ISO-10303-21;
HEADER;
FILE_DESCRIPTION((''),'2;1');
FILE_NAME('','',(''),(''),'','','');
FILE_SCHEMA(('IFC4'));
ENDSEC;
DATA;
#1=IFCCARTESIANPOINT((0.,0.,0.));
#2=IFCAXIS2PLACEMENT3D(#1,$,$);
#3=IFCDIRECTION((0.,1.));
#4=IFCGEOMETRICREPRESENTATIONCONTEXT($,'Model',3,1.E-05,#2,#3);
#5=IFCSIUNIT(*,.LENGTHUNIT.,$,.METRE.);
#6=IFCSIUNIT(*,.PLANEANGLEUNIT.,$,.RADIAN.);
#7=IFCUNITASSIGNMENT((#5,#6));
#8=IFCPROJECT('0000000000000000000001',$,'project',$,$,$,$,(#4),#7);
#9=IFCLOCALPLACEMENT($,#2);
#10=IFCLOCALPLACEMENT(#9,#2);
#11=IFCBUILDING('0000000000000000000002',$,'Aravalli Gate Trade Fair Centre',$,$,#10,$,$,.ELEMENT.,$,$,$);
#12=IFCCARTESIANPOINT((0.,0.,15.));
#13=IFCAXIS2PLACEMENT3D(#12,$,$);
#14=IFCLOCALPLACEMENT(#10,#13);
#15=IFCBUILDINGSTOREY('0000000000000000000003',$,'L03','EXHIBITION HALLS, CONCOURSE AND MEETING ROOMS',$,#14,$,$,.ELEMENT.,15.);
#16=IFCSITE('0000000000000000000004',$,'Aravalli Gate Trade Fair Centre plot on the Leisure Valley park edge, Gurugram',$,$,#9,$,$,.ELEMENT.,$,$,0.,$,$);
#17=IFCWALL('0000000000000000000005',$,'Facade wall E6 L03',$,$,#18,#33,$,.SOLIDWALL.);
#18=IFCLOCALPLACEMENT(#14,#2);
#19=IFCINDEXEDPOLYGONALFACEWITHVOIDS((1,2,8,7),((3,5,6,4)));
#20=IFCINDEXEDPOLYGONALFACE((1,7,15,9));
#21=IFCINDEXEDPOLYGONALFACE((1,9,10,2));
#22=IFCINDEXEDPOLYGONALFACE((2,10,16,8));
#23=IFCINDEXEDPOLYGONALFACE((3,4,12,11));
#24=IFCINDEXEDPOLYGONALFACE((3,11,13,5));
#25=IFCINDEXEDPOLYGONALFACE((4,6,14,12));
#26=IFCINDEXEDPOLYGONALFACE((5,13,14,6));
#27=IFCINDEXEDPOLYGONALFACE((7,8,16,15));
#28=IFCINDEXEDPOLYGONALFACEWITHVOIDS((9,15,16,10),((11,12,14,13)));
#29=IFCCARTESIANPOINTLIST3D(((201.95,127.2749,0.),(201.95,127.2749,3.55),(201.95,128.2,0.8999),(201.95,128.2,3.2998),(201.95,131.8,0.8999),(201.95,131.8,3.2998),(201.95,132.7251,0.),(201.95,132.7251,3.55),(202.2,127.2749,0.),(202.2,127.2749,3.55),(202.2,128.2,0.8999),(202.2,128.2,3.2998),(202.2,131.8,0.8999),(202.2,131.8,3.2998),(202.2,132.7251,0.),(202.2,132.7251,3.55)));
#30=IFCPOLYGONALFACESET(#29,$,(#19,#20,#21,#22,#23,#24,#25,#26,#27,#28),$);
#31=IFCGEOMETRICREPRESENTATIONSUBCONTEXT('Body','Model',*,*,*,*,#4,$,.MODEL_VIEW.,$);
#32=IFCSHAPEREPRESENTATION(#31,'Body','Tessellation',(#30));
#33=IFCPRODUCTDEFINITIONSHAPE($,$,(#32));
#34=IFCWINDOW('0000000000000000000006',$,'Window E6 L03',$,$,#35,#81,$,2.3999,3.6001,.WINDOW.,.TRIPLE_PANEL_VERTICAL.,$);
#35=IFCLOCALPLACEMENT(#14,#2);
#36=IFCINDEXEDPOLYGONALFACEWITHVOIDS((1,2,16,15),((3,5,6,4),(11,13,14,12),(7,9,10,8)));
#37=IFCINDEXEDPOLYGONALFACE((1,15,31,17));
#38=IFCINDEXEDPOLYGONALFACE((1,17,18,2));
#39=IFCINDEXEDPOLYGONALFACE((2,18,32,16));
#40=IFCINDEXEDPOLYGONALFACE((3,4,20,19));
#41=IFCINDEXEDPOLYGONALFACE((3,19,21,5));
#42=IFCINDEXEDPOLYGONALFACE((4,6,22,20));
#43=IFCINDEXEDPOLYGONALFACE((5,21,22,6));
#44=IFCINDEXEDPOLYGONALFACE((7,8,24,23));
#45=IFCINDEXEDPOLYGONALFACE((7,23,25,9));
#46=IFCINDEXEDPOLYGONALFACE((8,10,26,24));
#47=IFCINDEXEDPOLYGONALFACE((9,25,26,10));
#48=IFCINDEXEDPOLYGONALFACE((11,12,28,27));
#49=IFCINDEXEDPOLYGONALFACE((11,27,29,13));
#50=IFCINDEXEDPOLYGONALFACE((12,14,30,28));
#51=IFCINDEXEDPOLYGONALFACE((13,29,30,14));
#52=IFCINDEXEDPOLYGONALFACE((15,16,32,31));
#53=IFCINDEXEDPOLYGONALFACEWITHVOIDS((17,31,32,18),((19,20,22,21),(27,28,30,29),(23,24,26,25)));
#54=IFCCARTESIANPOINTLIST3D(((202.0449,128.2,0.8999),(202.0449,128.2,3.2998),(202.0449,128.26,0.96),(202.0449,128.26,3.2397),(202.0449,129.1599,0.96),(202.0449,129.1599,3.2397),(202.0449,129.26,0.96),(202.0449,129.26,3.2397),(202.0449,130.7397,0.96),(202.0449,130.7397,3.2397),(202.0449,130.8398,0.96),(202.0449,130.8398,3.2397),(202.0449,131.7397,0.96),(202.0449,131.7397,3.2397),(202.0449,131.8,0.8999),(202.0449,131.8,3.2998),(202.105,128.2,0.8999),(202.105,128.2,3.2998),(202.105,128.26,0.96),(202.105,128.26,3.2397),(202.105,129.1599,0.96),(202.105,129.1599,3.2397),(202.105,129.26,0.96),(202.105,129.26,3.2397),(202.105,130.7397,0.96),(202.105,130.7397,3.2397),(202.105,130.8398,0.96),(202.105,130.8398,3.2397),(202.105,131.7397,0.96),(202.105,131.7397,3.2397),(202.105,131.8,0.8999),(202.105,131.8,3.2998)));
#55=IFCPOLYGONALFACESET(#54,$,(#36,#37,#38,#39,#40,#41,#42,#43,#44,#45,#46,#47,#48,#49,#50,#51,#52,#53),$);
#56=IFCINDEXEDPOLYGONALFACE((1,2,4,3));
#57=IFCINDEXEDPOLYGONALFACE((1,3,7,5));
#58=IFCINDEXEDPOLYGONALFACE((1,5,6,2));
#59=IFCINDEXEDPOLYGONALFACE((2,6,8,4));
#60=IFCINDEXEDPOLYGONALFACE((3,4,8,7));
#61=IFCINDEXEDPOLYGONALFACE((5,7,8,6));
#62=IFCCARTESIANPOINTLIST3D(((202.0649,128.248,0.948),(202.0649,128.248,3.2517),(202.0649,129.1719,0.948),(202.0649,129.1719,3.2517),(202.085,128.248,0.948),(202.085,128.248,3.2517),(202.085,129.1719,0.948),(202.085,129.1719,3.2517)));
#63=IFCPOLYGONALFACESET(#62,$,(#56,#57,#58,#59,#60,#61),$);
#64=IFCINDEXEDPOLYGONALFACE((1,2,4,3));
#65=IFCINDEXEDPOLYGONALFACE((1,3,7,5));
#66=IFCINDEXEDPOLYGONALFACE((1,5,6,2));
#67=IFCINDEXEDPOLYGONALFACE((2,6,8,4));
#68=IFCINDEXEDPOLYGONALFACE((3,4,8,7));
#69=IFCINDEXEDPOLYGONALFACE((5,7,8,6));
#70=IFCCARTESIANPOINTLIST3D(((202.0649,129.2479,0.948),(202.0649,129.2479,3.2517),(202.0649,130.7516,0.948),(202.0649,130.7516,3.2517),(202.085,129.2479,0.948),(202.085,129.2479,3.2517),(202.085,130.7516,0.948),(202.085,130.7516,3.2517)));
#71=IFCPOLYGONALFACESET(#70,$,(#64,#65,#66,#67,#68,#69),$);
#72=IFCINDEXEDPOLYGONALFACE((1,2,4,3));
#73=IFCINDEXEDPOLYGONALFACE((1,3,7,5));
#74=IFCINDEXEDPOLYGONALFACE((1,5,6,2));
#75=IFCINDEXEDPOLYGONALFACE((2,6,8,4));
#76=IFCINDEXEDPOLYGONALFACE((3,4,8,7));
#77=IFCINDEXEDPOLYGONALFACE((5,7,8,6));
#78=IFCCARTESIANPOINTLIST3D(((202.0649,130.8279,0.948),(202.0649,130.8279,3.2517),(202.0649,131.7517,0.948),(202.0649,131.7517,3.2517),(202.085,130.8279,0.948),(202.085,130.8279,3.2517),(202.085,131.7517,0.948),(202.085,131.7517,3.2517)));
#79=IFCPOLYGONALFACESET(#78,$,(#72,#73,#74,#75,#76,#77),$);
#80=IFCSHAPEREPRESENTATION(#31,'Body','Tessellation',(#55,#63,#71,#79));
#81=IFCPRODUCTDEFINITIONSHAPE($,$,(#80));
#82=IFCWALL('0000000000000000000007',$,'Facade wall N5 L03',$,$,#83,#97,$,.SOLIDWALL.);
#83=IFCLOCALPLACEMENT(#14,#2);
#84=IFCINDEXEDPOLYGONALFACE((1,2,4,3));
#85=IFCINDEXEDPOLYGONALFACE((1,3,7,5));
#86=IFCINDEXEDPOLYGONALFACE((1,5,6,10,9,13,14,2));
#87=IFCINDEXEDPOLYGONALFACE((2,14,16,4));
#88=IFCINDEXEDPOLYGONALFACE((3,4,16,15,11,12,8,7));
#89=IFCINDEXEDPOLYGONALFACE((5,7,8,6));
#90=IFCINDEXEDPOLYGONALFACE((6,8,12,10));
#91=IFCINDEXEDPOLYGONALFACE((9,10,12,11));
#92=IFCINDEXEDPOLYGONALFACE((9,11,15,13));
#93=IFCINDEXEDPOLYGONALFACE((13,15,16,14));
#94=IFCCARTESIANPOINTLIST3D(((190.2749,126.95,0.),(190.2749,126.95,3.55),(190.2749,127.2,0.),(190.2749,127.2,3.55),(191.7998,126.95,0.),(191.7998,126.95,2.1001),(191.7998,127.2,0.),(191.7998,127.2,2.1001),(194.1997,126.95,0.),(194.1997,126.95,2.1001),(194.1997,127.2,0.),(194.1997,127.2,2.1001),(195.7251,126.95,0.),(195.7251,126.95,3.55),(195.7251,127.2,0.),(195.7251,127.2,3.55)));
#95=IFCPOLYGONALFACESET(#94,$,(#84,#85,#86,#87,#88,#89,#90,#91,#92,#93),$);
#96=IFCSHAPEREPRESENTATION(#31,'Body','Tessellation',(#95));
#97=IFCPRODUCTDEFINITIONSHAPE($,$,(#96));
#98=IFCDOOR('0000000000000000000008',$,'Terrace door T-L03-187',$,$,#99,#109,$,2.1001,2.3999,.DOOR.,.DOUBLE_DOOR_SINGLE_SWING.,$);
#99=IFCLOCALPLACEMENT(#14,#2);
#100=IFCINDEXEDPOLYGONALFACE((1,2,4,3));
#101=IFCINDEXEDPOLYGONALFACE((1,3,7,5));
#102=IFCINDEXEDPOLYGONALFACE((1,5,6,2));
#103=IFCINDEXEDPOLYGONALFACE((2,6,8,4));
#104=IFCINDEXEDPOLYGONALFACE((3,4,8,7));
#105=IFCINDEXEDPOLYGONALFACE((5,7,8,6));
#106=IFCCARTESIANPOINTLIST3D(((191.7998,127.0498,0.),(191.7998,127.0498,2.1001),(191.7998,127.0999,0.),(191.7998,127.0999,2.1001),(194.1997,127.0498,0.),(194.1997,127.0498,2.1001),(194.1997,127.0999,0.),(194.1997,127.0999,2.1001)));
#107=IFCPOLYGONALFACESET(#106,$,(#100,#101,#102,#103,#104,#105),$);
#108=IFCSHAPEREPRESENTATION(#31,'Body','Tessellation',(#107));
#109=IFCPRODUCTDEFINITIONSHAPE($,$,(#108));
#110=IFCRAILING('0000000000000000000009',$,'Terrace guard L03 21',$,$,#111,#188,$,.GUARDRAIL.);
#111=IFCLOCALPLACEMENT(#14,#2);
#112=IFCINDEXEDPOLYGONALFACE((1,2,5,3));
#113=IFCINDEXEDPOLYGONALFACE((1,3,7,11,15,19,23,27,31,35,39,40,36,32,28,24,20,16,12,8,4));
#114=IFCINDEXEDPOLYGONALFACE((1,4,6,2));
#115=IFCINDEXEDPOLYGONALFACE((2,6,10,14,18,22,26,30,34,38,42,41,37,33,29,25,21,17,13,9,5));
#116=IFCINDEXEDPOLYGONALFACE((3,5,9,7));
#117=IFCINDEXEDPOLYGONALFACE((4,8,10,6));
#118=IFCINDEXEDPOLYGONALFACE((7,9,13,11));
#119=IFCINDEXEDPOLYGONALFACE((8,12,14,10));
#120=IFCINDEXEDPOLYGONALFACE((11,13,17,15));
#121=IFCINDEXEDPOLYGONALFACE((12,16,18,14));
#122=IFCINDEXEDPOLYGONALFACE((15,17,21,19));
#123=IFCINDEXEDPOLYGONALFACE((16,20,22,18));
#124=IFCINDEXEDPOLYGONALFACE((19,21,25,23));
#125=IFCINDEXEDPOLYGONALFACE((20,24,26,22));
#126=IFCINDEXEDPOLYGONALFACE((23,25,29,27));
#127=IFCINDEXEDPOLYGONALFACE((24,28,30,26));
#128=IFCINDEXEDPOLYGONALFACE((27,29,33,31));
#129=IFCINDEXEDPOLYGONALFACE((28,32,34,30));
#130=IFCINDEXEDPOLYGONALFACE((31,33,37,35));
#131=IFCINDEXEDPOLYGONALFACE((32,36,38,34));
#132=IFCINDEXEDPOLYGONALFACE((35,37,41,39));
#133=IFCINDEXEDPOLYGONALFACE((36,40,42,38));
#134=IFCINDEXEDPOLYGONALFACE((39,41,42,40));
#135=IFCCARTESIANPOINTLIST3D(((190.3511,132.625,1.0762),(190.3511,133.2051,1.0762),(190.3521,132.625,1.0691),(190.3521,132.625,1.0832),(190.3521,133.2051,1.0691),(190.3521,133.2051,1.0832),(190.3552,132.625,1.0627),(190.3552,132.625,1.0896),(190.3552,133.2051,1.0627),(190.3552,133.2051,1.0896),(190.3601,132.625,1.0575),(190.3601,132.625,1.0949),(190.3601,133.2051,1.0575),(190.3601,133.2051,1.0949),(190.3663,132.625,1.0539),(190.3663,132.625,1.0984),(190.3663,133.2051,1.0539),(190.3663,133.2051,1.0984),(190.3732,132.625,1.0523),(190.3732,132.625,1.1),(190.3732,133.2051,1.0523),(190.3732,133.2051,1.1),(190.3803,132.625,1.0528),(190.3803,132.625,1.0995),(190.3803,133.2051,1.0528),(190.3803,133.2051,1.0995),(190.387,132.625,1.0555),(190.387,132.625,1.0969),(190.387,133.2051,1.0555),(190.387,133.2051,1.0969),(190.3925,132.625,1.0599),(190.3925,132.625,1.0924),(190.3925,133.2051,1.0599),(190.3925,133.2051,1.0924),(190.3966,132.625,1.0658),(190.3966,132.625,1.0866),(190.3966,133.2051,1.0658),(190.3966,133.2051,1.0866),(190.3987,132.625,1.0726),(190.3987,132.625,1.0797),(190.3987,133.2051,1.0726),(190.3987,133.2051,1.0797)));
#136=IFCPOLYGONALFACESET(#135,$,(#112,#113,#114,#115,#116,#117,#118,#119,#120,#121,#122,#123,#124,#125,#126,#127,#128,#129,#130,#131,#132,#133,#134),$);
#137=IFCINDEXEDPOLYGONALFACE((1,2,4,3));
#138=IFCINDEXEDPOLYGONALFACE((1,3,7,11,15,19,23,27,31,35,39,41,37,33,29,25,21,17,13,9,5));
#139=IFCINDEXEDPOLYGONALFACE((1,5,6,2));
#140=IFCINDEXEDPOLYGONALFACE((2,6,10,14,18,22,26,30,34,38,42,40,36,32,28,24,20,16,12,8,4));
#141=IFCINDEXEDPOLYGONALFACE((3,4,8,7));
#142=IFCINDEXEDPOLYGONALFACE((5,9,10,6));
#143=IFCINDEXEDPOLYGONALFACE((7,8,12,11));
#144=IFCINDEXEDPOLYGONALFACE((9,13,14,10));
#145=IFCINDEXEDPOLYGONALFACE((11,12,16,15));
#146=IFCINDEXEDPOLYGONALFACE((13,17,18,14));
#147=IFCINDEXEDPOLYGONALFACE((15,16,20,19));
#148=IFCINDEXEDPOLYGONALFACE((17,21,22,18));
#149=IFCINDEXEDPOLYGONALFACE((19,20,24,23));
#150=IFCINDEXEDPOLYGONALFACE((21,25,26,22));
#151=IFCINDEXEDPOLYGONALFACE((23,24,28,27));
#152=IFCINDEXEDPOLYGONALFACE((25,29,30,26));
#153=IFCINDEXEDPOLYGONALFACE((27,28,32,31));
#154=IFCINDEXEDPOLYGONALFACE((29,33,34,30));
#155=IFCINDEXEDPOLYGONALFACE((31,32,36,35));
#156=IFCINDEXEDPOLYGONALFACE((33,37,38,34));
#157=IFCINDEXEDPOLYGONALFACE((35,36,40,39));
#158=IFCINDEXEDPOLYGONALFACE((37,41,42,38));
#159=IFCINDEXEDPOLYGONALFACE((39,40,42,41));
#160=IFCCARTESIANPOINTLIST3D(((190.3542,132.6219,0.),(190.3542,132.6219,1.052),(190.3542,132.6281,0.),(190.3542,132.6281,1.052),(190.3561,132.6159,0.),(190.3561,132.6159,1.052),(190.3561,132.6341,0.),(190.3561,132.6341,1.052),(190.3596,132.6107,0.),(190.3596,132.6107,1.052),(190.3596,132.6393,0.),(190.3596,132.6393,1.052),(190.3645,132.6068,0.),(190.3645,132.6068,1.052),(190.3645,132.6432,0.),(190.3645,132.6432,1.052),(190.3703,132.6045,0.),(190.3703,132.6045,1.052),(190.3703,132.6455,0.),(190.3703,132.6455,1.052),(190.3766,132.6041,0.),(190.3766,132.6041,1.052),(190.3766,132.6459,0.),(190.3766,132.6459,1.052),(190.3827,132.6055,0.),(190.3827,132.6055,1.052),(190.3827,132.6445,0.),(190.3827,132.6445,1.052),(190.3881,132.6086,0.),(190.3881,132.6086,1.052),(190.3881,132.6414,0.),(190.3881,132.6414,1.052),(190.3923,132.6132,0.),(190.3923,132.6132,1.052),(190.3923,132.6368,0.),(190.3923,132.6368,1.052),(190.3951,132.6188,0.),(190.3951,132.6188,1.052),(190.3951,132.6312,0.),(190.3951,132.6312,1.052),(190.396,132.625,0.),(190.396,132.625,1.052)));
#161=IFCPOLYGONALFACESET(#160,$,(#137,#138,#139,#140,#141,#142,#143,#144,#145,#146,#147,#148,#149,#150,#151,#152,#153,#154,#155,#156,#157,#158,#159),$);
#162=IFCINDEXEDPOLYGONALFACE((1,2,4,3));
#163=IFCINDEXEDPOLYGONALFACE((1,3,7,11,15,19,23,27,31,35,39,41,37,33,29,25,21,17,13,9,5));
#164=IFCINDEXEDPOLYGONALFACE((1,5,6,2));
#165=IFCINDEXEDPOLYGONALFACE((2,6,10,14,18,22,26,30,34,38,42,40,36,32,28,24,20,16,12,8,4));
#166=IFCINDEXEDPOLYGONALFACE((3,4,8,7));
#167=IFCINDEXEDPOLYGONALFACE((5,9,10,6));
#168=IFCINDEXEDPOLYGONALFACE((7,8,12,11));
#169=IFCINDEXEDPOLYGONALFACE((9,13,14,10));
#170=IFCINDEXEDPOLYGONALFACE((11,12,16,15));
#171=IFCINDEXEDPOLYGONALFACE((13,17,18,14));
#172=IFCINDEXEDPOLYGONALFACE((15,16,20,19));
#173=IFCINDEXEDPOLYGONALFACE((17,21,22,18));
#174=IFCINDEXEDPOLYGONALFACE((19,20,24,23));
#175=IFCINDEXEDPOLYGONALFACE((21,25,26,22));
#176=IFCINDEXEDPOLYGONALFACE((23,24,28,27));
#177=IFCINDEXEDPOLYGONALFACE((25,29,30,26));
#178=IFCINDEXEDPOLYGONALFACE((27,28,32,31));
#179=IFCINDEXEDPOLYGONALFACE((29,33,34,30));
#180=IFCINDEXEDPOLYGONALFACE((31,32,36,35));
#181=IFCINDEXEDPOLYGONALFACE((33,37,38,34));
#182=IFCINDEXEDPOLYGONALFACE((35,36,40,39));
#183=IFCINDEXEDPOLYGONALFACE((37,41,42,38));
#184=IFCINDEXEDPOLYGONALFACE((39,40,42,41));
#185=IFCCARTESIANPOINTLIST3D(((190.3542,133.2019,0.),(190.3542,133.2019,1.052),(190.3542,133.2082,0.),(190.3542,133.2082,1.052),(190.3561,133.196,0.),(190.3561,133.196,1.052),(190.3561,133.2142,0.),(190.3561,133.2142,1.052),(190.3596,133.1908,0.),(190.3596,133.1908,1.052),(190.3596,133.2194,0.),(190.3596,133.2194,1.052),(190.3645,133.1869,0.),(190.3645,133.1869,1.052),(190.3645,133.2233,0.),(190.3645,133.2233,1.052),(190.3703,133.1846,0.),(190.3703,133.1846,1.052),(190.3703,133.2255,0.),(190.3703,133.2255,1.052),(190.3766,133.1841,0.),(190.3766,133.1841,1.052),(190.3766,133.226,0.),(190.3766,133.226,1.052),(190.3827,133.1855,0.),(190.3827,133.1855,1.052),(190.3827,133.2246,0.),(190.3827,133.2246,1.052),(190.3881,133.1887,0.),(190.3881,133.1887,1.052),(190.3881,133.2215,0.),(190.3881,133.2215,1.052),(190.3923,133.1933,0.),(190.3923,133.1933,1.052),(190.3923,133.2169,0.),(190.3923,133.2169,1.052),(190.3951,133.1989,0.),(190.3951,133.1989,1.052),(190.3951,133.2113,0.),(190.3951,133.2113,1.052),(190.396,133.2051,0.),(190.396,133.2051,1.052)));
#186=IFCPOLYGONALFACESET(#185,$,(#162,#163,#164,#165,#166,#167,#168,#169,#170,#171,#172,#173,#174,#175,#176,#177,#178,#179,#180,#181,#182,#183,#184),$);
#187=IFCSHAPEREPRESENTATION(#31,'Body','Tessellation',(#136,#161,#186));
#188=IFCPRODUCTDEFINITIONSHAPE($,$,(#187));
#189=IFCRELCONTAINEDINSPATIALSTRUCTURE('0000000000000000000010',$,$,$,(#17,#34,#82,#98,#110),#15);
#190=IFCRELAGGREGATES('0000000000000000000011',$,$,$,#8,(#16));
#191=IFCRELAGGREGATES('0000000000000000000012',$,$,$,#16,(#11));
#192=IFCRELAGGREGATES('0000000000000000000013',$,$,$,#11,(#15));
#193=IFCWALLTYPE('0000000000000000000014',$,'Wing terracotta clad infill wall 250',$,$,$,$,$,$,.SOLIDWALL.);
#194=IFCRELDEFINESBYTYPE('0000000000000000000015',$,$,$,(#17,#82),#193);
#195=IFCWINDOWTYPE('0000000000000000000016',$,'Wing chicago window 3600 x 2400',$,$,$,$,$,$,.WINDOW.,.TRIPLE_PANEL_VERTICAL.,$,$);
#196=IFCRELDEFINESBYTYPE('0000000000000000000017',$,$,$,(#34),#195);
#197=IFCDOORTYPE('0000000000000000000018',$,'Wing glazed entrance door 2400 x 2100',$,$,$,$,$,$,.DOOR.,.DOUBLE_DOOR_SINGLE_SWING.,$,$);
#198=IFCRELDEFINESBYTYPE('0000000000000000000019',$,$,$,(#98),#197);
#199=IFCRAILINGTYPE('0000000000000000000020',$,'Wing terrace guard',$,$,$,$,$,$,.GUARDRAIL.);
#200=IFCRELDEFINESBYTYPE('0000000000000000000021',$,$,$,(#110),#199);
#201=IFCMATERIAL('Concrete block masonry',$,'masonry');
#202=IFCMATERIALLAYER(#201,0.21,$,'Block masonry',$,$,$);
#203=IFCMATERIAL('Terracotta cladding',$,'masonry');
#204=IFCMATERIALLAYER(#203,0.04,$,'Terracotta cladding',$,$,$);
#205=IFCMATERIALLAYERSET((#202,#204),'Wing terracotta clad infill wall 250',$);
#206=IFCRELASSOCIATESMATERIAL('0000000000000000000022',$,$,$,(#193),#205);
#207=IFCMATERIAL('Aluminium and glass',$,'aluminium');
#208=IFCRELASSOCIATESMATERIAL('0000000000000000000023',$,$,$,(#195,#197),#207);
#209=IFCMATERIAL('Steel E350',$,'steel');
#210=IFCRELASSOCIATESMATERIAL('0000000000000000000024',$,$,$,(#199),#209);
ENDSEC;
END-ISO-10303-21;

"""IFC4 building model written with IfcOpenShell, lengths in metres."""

from ifc_helpers import new_model, si_unit, direction, frame, frame_2d, origin, origin_2d, place, context, subcontext, project, spatial, polyline, rectangle, circle, outline, extrude, material, layer, layer_set, type_object, element, fill, save


model = new_model("IFC4")

# Units and contexts
model_context = context("Model", 3, precision=1e-05, world=origin(), true_north=direction((0.0, 1.0)))
body_context = subcontext(model_context, "Body", "Model", "MODEL_VIEW")
ifc_project = project(units=[si_unit("LENGTHUNIT", "METRE"), si_unit("PLANEANGLEUNIT", "RADIAN")], contexts=[model_context])

# Site, building, storey
site_placement = place(None, origin())
site = spatial("IfcSite", under=ifc_project, at=site_placement, Name="Aravalli Gate Trade Fair Centre plot on the Leisure Valley park edge, Gurugram", CompositionType="ELEMENT", RefElevation=0.0)
building_placement = place(site_placement, origin())
building = spatial("IfcBuilding", under=site, at=building_placement, Name="Aravalli Gate Trade Fair Centre", CompositionType="ELEMENT")
storey_placement = place(building_placement, frame((0.0, 0.0, 15.0)))
storey = spatial("IfcBuildingStorey", under=building, at=storey_placement, Name="L03", Description="EXHIBITION HALLS, CONCOURSE AND MEETING ROOMS", CompositionType="ELEMENT", Elevation=15.0)

# Shared definitions
ifc_material_1 = material(Name="Steel E350", Category="steel")

# Wall, opening, window
ifc_material_2 = material(Name="Concrete block masonry", Category="masonry")
ifc_layer_1 = layer(ifc_material_2, 0.21, Name="Block masonry")
ifc_material_3 = material(Name="Terracotta cladding", Category="masonry")
ifc_layer_2 = layer(ifc_material_3, 0.04, Name="Terracotta cladding")
ifc_layer_set_1 = layer_set([ifc_layer_1, ifc_layer_2], Name="Wing terracotta clad infill wall 250")
wall_type_1 = type_object("IfcWallType", Name="Wing terracotta clad infill wall 250", PredefinedType="SOLIDWALL", material=ifc_layer_set_1)
ifc_material_4 = material(Name="Aluminium and glass", Category="aluminium")
window_type = type_object("IfcWindowType", Name="Wing chicago window 3600 x 2400", PartitioningType="TRIPLE_PANEL_VERTICAL", PredefinedType="WINDOW", material=ifc_material_4)
wall_1_placement = place(storey_placement, frame((202.075, 127.2749, 0.0), z_axis=(0.0, 0.0, 1.0), x_axis=(0.0, 1.0, 0.0)))
wall_1 = element("IfcWall", 1, at=wall_1_placement, inside=storey, type_object=wall_type_1, Name="Facade wall E6 L03", PredefinedType="SOLIDWALL", context=body_context, shape_type="SweptSolid", body=[
    extrude(rectangle(XDim=5.4502, YDim=0.25, at=frame_2d((2.7251, 0.0))), origin(), (0.0, 0.0, 1.0), 3.55),
])
opening_1_placement = place(wall_1_placement, frame((0.925, 0.0, 0.8999)))
opening_1 = element("IfcOpeningElement", 2, at=opening_1_placement, cuts=wall_1, PredefinedType="OPENING", context=body_context, shape_type="SweptSolid", body=[
    extrude(rectangle(XDim=3.6001, YDim=2.3999, at=frame_2d((1.8, 1.2))), frame((0.0, 0.135, 0.0), z_axis=(0.0, -1.0, 0.0), x_axis=(1.0, 0.0, 0.0)), (0.0, 0.0, 1.0), 0.27),
])
window_1_placement = place(opening_1_placement, origin())
window_1 = element("IfcWindow", 3, at=window_1_placement, inside=storey, type_object=window_type, Name="Window E6 L03", OverallHeight=2.3999, OverallWidth=3.6001, PartitioningType="TRIPLE_PANEL_VERTICAL", PredefinedType="WINDOW", context=body_context, shape_type="SweptSolid", body=[
    extrude(outline(polyline([(0.0, 0.0), (3.6001, 0.0), (3.6001, 2.3999), (0.0, 2.3999), (0.0, 0.0)]), holes=[polyline([(0.0601, 0.0601), (0.96, 0.0601), (0.96, 2.3398), (0.0601, 2.3398), (0.0601, 0.0601)]), polyline([(1.0601, 0.0601), (2.5398, 0.0601), (2.5398, 2.3398), (1.0601, 2.3398), (1.0601, 0.0601)]), polyline([(2.6399, 0.0601), (3.5398, 0.0601), (3.5398, 2.3398), (2.6399, 2.3398), (2.6399, 0.0601)])]), frame((0.0, 0.03, 0.0), z_axis=(0.0, -1.0, 0.0), x_axis=(1.0, 0.0, 0.0)), (0.0, 0.0, 1.0), 0.0601),
    extrude(rectangle(XDim=0.9238, YDim=2.3037, at=frame_2d((0.51, 1.2))), frame((0.0, 0.01, 0.0), z_axis=(0.0, -1.0, 0.0), x_axis=(1.0, 0.0, 0.0)), (0.0, 0.0, 1.0), 0.02),
    extrude(rectangle(XDim=1.5037, YDim=2.3037, at=frame_2d((1.7998, 1.2))), frame((0.0, 0.01, 0.0), z_axis=(0.0, -1.0, 0.0), x_axis=(1.0, 0.0, 0.0)), (0.0, 0.0, 1.0), 0.02),
    extrude(rectangle(XDim=0.9238, YDim=2.3037, at=frame_2d((3.0898, 1.2))), frame((0.0, 0.01, 0.0), z_axis=(0.0, -1.0, 0.0), x_axis=(1.0, 0.0, 0.0)), (0.0, 0.0, 1.0), 0.02),
])
fill(opening_1, window_1)

# Wall, opening, door
wall_2_placement = place(storey_placement, frame((190.2749, 127.075, 0.0), z_axis=(0.0, 0.0, 1.0), x_axis=(1.0, 0.0, 0.0)))
wall_2 = element("IfcWall", 4, at=wall_2_placement, inside=storey, type_object=wall_type_1, Name="Facade wall N5 L03", PredefinedType="SOLIDWALL", context=body_context, shape_type="SweptSolid", body=[
    extrude(rectangle(XDim=5.4502, YDim=0.25, at=frame_2d((2.7251, 0.0))), origin(), (0.0, 0.0, 1.0), 3.55),
])
opening_2_placement = place(wall_2_placement, frame((1.5249, 0.0, 0.0)))
opening_2 = element("IfcOpeningElement", 5, at=opening_2_placement, cuts=wall_2, PredefinedType="OPENING", context=body_context, shape_type="SweptSolid", body=[
    extrude(rectangle(XDim=2.3999, YDim=2.1001, at=frame_2d((1.2, 1.05))), frame((0.0, 0.135, 0.0), z_axis=(0.0, -1.0, 0.0), x_axis=(1.0, 0.0, 0.0)), (0.0, 0.0, 1.0), 0.27),
])
door_type = type_object("IfcDoorType", Name="Wing glazed entrance door 2400 x 2100", OperationType="DOUBLE_DOOR_SINGLE_SWING", PredefinedType="DOOR", material=ifc_material_4)
door_placement = place(opening_2_placement, origin())
door = element("IfcDoor", 6, at=door_placement, inside=storey, type_object=door_type, Name="Terrace door T-L03-187", OperationType="DOUBLE_DOOR_SINGLE_SWING", OverallHeight=2.1001, OverallWidth=2.3999, PredefinedType="DOOR", context=body_context, shape_type="SweptSolid", body=[
    extrude(rectangle(XDim=2.3999, YDim=2.1001, at=frame_2d((1.2, 1.05))), frame((0.0, 0.0249, 0.0), z_axis=(0.0, -1.0, 0.0), x_axis=(1.0, 0.0, 0.0)), (0.0, 0.0, 1.0), 0.05),
])
fill(opening_2, door)

# Railing
railing_type = type_object("IfcRailingType", Name="Wing terrace guard", PredefinedType="GUARDRAIL", material=ifc_material_1)
railing_1_placement = place(storey_placement, frame((190.375, 132.625, 0.0)))
element("IfcRailing", 7, at=railing_1_placement, inside=storey, type_object=railing_type, Name="Terrace guard L03 21", PredefinedType="GUARDRAIL", context=body_context, shape_type="SweptSolid", body=[
    extrude(circle(Radius=0.0239, at=origin_2d()), frame((0.0, 0.0, 1.0762), z_axis=(0.0, 1.0, 0.0), x_axis=(-1.0, 0.0, 0.0)), (0.0, 0.0, 1.0), 0.5801),
    extrude(circle(Radius=0.021, at=origin_2d()), origin(), (0.0, 0.0, 1.0), 1.052),
    extrude(circle(Radius=0.021, at=origin_2d()), frame((0.0, 0.5801, 0.0)), (0.0, 0.0, 1.0), 1.052),
])

save(model, "model.ifc")
